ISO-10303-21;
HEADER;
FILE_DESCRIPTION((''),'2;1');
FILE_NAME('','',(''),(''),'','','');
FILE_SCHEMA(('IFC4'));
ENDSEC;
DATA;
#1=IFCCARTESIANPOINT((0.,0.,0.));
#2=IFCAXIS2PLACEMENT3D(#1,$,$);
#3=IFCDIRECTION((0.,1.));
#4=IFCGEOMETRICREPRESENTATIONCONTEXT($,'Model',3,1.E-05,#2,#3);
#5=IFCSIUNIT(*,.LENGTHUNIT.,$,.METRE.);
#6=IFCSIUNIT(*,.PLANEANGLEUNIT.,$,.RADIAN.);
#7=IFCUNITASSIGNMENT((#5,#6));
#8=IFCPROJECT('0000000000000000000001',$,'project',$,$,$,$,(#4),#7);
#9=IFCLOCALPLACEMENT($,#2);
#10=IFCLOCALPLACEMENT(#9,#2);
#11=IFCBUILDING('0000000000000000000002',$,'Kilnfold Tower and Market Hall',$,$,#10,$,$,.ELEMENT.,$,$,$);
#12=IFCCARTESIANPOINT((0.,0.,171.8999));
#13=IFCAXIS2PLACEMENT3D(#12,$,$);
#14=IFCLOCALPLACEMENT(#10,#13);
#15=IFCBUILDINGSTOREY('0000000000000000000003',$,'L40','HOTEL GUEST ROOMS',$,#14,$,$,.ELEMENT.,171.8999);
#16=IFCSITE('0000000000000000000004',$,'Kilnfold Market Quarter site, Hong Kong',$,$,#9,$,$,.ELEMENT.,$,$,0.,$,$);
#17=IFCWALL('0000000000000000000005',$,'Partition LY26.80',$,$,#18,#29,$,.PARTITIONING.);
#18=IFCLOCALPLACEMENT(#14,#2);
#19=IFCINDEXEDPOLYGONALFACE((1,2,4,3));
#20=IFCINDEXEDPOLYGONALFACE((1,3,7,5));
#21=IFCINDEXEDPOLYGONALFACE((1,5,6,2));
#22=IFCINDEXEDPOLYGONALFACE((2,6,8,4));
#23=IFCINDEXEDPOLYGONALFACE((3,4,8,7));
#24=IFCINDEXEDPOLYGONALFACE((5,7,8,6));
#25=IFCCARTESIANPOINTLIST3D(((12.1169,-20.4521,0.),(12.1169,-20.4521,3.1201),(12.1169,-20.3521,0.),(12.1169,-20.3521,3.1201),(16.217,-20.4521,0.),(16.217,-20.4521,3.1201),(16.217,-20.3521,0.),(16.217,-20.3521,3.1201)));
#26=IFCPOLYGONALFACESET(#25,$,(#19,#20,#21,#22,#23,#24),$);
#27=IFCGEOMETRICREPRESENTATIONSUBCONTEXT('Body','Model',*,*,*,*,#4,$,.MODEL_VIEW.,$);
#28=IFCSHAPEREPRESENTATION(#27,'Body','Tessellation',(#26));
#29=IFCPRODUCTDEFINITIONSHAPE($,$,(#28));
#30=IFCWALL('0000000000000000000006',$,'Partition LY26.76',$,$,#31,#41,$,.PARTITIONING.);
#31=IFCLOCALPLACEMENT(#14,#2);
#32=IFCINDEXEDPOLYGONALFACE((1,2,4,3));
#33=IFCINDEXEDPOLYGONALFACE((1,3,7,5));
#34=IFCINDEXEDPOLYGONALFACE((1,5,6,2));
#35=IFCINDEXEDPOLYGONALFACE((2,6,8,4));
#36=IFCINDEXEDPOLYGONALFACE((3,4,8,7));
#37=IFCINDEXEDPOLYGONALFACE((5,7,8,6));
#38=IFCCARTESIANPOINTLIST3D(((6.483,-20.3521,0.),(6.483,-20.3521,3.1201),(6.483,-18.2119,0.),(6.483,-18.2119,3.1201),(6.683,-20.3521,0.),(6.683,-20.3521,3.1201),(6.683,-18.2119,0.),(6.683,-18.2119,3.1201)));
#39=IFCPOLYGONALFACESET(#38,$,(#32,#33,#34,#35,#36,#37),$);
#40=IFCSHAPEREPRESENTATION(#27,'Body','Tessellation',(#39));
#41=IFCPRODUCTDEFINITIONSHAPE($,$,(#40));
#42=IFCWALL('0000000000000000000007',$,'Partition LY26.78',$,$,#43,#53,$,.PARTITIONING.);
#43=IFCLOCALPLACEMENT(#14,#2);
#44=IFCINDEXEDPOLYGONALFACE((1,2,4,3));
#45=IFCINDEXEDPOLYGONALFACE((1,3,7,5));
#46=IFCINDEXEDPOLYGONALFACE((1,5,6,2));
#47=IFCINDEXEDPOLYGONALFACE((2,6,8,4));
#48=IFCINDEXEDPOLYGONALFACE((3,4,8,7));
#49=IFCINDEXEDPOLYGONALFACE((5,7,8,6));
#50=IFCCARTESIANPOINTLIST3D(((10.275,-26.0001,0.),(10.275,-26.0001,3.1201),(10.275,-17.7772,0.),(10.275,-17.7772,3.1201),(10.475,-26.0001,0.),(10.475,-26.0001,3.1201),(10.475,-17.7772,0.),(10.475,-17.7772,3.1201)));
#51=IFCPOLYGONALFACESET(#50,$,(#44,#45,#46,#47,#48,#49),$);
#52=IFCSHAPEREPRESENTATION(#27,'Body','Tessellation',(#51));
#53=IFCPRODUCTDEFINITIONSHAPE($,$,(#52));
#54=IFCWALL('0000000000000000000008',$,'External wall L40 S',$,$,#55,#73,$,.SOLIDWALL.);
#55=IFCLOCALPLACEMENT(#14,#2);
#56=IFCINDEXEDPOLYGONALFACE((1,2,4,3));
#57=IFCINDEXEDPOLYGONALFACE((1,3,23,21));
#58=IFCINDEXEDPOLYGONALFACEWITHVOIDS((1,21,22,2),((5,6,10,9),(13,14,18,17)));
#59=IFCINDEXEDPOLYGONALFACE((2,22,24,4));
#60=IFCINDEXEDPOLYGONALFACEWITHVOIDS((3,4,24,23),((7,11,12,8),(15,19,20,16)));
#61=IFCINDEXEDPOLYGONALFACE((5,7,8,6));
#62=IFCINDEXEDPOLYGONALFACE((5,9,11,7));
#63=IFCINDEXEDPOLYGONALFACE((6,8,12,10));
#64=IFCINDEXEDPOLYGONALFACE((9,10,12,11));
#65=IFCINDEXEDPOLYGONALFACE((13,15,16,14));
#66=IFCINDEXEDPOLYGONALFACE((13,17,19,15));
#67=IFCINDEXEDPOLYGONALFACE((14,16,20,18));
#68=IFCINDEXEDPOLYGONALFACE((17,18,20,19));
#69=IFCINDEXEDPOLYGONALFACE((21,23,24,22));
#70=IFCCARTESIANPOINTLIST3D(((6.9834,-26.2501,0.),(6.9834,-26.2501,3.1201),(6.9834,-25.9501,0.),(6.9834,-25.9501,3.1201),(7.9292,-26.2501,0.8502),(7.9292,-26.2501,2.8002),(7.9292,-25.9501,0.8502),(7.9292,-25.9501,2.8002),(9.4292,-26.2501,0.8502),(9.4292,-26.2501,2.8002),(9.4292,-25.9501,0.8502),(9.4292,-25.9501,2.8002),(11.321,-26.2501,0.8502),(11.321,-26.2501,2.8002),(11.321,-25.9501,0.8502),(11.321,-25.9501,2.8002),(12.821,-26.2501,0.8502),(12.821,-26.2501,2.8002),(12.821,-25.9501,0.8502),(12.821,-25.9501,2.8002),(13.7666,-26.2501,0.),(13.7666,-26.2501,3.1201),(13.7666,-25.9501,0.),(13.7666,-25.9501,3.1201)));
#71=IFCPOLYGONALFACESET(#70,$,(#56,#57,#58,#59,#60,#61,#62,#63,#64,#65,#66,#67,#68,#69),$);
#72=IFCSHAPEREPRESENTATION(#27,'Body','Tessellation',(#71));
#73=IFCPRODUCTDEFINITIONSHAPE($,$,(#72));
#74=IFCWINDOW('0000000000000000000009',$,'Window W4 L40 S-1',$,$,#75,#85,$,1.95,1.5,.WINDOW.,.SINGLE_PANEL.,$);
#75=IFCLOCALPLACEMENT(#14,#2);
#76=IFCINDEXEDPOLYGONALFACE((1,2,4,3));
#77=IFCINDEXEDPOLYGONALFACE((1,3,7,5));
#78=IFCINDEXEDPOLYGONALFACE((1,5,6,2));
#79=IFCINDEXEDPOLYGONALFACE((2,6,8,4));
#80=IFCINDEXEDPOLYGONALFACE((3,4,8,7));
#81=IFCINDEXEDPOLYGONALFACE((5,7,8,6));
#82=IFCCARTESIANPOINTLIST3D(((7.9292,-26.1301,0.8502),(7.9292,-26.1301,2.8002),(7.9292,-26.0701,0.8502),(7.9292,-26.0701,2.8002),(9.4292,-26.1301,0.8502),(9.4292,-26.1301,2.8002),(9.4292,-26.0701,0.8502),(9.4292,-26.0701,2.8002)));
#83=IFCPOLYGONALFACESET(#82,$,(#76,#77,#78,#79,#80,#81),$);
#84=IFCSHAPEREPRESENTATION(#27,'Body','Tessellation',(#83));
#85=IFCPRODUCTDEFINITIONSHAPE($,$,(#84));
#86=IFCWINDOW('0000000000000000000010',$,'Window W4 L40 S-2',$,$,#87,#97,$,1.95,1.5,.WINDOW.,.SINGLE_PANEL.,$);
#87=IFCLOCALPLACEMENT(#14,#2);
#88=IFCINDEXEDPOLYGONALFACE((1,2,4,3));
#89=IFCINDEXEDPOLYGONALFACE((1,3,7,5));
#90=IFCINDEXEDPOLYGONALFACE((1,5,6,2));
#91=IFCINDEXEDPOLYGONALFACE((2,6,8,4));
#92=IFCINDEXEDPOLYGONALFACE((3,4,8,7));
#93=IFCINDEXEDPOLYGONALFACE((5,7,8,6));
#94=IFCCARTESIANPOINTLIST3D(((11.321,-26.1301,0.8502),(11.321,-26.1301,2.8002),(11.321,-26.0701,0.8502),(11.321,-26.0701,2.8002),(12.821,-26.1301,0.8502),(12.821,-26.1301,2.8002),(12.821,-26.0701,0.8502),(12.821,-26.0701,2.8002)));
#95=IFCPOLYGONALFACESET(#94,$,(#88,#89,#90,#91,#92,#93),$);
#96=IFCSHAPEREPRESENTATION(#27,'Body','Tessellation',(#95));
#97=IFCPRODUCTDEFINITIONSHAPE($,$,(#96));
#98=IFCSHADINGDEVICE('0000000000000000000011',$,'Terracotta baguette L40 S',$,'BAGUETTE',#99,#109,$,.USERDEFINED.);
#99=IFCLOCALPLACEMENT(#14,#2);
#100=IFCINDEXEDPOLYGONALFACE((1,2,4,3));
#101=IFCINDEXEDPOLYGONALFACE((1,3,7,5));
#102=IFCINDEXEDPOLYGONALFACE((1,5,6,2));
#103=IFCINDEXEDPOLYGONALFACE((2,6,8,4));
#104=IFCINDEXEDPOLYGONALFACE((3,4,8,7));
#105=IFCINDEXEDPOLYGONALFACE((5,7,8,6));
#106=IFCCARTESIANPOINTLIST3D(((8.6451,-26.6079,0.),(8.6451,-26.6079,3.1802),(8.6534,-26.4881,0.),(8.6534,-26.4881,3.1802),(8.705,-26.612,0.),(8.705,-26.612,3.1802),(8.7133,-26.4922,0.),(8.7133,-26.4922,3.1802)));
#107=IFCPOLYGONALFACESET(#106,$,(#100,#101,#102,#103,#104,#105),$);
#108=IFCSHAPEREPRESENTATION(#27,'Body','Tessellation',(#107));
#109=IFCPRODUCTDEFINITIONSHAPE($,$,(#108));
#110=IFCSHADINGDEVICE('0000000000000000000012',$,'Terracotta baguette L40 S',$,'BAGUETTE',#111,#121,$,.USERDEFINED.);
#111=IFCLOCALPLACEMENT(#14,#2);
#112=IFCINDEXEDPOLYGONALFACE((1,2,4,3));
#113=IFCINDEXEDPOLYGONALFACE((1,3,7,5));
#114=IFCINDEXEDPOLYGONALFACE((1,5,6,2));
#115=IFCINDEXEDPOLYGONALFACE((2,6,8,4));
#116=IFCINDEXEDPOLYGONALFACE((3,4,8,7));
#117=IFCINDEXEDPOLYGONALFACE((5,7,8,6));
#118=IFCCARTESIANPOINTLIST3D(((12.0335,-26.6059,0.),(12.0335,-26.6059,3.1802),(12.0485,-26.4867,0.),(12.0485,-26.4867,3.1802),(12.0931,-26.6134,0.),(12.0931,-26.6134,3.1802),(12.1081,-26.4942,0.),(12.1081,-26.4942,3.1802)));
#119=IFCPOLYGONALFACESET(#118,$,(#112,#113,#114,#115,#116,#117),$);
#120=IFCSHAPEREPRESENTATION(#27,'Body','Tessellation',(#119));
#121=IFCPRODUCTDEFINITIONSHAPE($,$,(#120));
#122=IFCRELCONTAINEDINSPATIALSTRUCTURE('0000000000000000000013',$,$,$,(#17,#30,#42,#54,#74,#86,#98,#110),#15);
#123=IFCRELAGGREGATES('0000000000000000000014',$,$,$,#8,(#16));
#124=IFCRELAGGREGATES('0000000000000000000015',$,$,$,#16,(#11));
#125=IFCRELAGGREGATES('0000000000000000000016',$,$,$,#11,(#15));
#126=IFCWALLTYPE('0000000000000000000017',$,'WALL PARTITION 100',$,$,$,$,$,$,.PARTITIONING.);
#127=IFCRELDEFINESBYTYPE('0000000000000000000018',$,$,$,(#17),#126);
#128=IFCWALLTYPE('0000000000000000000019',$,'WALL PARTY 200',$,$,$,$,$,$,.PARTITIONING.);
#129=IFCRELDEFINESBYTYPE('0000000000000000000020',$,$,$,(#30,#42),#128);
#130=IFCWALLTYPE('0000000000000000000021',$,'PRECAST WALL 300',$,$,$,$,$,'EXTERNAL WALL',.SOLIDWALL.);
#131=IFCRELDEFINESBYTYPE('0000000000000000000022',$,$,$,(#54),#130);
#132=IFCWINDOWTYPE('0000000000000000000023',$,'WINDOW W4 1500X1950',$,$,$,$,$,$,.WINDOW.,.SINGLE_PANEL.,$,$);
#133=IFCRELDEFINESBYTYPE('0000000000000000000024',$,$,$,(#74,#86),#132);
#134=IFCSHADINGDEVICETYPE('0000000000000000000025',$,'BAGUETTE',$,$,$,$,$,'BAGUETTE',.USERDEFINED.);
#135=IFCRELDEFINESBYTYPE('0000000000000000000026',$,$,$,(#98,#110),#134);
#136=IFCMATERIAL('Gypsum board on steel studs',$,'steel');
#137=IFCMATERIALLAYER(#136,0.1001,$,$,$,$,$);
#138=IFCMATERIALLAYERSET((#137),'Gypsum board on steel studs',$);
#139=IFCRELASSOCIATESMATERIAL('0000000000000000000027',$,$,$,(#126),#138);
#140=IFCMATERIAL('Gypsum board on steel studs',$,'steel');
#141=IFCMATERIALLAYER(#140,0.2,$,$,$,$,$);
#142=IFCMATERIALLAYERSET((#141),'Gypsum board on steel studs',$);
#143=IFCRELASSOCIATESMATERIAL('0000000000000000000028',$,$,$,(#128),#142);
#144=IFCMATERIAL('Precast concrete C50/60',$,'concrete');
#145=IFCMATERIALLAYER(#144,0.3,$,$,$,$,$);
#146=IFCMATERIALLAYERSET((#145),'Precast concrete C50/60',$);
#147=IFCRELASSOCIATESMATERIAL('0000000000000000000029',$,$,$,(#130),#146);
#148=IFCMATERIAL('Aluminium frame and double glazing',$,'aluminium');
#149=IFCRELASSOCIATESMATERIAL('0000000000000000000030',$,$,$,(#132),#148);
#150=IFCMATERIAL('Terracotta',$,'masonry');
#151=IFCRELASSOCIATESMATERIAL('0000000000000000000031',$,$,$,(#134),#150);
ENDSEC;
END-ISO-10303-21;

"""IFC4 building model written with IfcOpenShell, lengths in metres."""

from ifc_helpers import new_model, si_unit, direction, frame, frame_2d, origin, origin_2d, place, context, subcontext, project, spatial, rectangle, extrude, source, transform, mapped, material, layer, layer_set, material_profile, profile_set, type_object, element, fill, save


model = new_model("IFC4")

# Units and contexts
model_context = context("Model", 3, precision=1e-05, world=origin(), true_north=direction((0.0, 1.0)))
body_context = subcontext(model_context, "Body", "Model", "MODEL_VIEW")
ifc_project = project(units=[si_unit("LENGTHUNIT", "METRE"), si_unit("PLANEANGLEUNIT", "RADIAN")], contexts=[model_context])

# Site, building, storey
site_placement = place(None, origin())
site = spatial("IfcSite", under=ifc_project, at=site_placement, Name="Kilnfold Market Quarter site, Hong Kong", CompositionType="ELEMENT", RefElevation=0.0)
building_placement = place(site_placement, origin())
building = spatial("IfcBuilding", under=site, at=building_placement, Name="Kilnfold Tower and Market Hall", CompositionType="ELEMENT")
storey_placement = place(building_placement, frame((0.0, 0.0, 171.8999)))
storey = spatial("IfcBuildingStorey", under=building, at=storey_placement, Name="L40", Description="HOTEL GUEST ROOMS", CompositionType="ELEMENT", Elevation=171.8999)

# Shared definitions
ifc_material_1 = material(Name="Gypsum board on steel studs", Category="steel")
ifc_layer_1 = layer(ifc_material_1, 0.1001)
ifc_layer_set_1 = layer_set([ifc_layer_1], Name="Gypsum board on steel studs")
wall_type_1 = type_object("IfcWallType", Name="WALL PARTITION 100", PredefinedType="PARTITIONING", material=ifc_layer_set_1)

# Walls
wall_1_placement = place(storey_placement, frame((12.1169, -20.4021, 0.0), z_axis=(0.0, 0.0, 1.0), x_axis=(1.0, 0.0, 0.0)))
element("IfcWall", 1, at=wall_1_placement, inside=storey, type_object=wall_type_1, Name="Partition LY26.80", PredefinedType="PARTITIONING", context=body_context, shape_type="SweptSolid", body=[
    extrude(rectangle(XDim=4.1001, YDim=0.1001, at=frame_2d((2.05, 0.0))), origin(), (0.0, 0.0, 1.0), 3.1201),
])
ifc_material_2 = material(Name="Gypsum board on steel studs", Category="steel")
ifc_layer_2 = layer(ifc_material_2, 0.2)
ifc_layer_set_2 = layer_set([ifc_layer_2], Name="Gypsum board on steel studs")
wall_type_2 = type_object("IfcWallType", Name="WALL PARTY 200", PredefinedType="PARTITIONING", material=ifc_layer_set_2)
wall_2_placement = place(storey_placement, frame((6.583, -20.3521, 0.0), z_axis=(0.0, 0.0, 1.0), x_axis=(0.0, 1.0, 0.0)))
element("IfcWall", 2, at=wall_2_placement, inside=storey, type_object=wall_type_2, Name="Partition LY26.76", PredefinedType="PARTITIONING", context=body_context, shape_type="SweptSolid", body=[
    extrude(rectangle(XDim=2.1401, YDim=0.2, at=frame_2d((1.0701, 0.0))), origin(), (0.0, 0.0, 1.0), 3.1201),
])
wall_3_placement = place(storey_placement, frame((10.375, -26.0, 0.0), z_axis=(0.0, 0.0, 1.0), x_axis=(0.0, 1.0, 0.0)))
element("IfcWall", 3, at=wall_3_placement, inside=storey, type_object=wall_type_2, Name="Partition LY26.78", PredefinedType="PARTITIONING", context=body_context, shape_type="SweptSolid", body=[
    extrude(rectangle(XDim=8.2229, YDim=0.2, at=frame_2d((4.1113, 0.0))), origin(), (0.0, 0.0, 1.0), 3.1201),
])

# Wall, openings, windows
ifc_material_3 = material(Name="Precast concrete C50/60", Category="concrete")
ifc_layer_3 = layer(ifc_material_3, 0.3)
ifc_layer_set_3 = layer_set([ifc_layer_3], Name="Precast concrete C50/60")
wall_type_3 = type_object("IfcWallType", Name="PRECAST WALL 300", ElementType="EXTERNAL WALL", PredefinedType="SOLIDWALL", material=ifc_layer_set_3)
shared_shape_1 = source(origin(), body_context, "Body", "SweptSolid", [
    extrude(rectangle(XDim=6.7832, YDim=0.3, at=frame_2d((3.3916, 0.0))), origin(), (0.0, 0.0, 1.0), 3.1201),
])
wall_4_placement = place(storey_placement, frame((6.9834, -26.1001, 0.0), z_axis=(0.0, 0.0, 1.0), x_axis=(1.0, 0.0, 0.0)))
wall_4 = element("IfcWall", 4, at=wall_4_placement, inside=storey, type_object=wall_type_3, Name="External wall L40 S", PredefinedType="SOLIDWALL", context=body_context, shape_type="MappedRepresentation", body=[
    mapped(shared_shape_1, transform((0.0, 0.0, 0.0))),
])
opening_1_placement = place(wall_4_placement, frame((0.9458, 0.0, 0.8501)))
opening_1 = element("IfcOpeningElement", 5, at=opening_1_placement, cuts=wall_4, PredefinedType="OPENING", context=body_context, shape_type="SweptSolid", body=[
    extrude(rectangle(XDim=1.5, YDim=1.95, at=frame_2d((0.75, 0.9751))), frame((0.0, 0.1602, 0.0), z_axis=(0.0, -1.0, 0.0), x_axis=(1.0, 0.0, 0.0)), (0.0, 0.0, 1.0), 0.3201),
])
opening_2_placement = place(wall_4_placement, frame((4.3376, 0.0, 0.8501)))
opening_2 = element("IfcOpeningElement", 6, at=opening_2_placement, cuts=wall_4, PredefinedType="OPENING", context=body_context, shape_type="SweptSolid", body=[
    extrude(rectangle(XDim=1.5, YDim=1.95, at=frame_2d((0.75, 0.9751))), frame((0.0, 0.1602, 0.0), z_axis=(0.0, -1.0, 0.0), x_axis=(1.0, 0.0, 0.0)), (0.0, 0.0, 1.0), 0.3201),
])
ifc_material_4 = material(Name="Aluminium frame and double glazing", Category="aluminium")
window_type = type_object("IfcWindowType", Name="WINDOW W4 1500X1950", PartitioningType="SINGLE_PANEL", PredefinedType="WINDOW", material=ifc_material_4)
window_1_placement = place(opening_1_placement, origin())
window_1 = element("IfcWindow", 7, at=window_1_placement, inside=storey, type_object=window_type, Name="Window W4 L40 S-1", OverallHeight=1.95, OverallWidth=1.5, PartitioningType="SINGLE_PANEL", PredefinedType="WINDOW", context=body_context, shape_type="SweptSolid", body=[
    extrude(rectangle(XDim=1.5, YDim=1.95, at=frame_2d((0.75, 0.9751))), frame((0.0, 0.03, 0.0), z_axis=(0.0, -1.0, 0.0), x_axis=(1.0, 0.0, 0.0)), (0.0, 0.0, 1.0), 0.0601),
])
fill(opening_1, window_1)
window_2_placement = place(opening_2_placement, origin())
window_2 = element("IfcWindow", 8, at=window_2_placement, inside=storey, type_object=window_type, Name="Window W4 L40 S-2", OverallHeight=1.95, OverallWidth=1.5, PartitioningType="SINGLE_PANEL", PredefinedType="WINDOW", context=body_context, shape_type="SweptSolid", body=[
    extrude(rectangle(XDim=1.5, YDim=1.95, at=frame_2d((0.75, 0.9751))), frame((0.0, 0.03, 0.0), z_axis=(0.0, -1.0, 0.0), x_axis=(1.0, 0.0, 0.0)), (0.0, 0.0, 1.0), 0.0601),
])
fill(opening_2, window_2)

# Shading devices
ifc_material_5 = material(Name="Terracotta", Category="masonry")
ifc_material_profile_1 = material_profile(ifc_material_5, rectangle(XDim=0.0601, YDim=0.1201, at=origin_2d()), Name="BAG 60x120")
ifc_profile_set_1 = profile_set([ifc_material_profile_1], Name="Terracotta")
shading_device_type = type_object("IfcShadingDeviceType", Name="BAGUETTE", ElementType="BAGUETTE", PredefinedType="USERDEFINED", material=ifc_profile_set_1)
shared_shape_2 = source(origin(), body_context, "Body", "SweptSolid", [
    extrude(rectangle(XDim=0.0601, YDim=0.1201, at=origin_2d()), origin(), (0.0, 0.0, 1.0), 3.1802),
])
for number, where, z_axis, x_axis, name in (
    (9, (8.6792, -26.55, 0.0), (0.0, 0.0, 1.0), (0.997615, -0.069023, 0.0), "Terracotta baguette L40 S"),
    (10, (12.0708, -26.55, 0.0), (0.0, 0.0, 1.0), (0.992253, -0.124232, 0.0), "Terracotta baguette L40 S"),
):
    element("IfcShadingDevice", number, at=place(storey_placement, frame(where, z_axis=z_axis, x_axis=x_axis)), inside=storey, type_object=shading_device_type, Name=name, ObjectType="BAGUETTE", PredefinedType="USERDEFINED", context=body_context, shape_type="MappedRepresentation", body=[
        mapped(shared_shape_2, transform((0.0, 0.0, 0.0))),
    ])

save(model, "model.ifc")
